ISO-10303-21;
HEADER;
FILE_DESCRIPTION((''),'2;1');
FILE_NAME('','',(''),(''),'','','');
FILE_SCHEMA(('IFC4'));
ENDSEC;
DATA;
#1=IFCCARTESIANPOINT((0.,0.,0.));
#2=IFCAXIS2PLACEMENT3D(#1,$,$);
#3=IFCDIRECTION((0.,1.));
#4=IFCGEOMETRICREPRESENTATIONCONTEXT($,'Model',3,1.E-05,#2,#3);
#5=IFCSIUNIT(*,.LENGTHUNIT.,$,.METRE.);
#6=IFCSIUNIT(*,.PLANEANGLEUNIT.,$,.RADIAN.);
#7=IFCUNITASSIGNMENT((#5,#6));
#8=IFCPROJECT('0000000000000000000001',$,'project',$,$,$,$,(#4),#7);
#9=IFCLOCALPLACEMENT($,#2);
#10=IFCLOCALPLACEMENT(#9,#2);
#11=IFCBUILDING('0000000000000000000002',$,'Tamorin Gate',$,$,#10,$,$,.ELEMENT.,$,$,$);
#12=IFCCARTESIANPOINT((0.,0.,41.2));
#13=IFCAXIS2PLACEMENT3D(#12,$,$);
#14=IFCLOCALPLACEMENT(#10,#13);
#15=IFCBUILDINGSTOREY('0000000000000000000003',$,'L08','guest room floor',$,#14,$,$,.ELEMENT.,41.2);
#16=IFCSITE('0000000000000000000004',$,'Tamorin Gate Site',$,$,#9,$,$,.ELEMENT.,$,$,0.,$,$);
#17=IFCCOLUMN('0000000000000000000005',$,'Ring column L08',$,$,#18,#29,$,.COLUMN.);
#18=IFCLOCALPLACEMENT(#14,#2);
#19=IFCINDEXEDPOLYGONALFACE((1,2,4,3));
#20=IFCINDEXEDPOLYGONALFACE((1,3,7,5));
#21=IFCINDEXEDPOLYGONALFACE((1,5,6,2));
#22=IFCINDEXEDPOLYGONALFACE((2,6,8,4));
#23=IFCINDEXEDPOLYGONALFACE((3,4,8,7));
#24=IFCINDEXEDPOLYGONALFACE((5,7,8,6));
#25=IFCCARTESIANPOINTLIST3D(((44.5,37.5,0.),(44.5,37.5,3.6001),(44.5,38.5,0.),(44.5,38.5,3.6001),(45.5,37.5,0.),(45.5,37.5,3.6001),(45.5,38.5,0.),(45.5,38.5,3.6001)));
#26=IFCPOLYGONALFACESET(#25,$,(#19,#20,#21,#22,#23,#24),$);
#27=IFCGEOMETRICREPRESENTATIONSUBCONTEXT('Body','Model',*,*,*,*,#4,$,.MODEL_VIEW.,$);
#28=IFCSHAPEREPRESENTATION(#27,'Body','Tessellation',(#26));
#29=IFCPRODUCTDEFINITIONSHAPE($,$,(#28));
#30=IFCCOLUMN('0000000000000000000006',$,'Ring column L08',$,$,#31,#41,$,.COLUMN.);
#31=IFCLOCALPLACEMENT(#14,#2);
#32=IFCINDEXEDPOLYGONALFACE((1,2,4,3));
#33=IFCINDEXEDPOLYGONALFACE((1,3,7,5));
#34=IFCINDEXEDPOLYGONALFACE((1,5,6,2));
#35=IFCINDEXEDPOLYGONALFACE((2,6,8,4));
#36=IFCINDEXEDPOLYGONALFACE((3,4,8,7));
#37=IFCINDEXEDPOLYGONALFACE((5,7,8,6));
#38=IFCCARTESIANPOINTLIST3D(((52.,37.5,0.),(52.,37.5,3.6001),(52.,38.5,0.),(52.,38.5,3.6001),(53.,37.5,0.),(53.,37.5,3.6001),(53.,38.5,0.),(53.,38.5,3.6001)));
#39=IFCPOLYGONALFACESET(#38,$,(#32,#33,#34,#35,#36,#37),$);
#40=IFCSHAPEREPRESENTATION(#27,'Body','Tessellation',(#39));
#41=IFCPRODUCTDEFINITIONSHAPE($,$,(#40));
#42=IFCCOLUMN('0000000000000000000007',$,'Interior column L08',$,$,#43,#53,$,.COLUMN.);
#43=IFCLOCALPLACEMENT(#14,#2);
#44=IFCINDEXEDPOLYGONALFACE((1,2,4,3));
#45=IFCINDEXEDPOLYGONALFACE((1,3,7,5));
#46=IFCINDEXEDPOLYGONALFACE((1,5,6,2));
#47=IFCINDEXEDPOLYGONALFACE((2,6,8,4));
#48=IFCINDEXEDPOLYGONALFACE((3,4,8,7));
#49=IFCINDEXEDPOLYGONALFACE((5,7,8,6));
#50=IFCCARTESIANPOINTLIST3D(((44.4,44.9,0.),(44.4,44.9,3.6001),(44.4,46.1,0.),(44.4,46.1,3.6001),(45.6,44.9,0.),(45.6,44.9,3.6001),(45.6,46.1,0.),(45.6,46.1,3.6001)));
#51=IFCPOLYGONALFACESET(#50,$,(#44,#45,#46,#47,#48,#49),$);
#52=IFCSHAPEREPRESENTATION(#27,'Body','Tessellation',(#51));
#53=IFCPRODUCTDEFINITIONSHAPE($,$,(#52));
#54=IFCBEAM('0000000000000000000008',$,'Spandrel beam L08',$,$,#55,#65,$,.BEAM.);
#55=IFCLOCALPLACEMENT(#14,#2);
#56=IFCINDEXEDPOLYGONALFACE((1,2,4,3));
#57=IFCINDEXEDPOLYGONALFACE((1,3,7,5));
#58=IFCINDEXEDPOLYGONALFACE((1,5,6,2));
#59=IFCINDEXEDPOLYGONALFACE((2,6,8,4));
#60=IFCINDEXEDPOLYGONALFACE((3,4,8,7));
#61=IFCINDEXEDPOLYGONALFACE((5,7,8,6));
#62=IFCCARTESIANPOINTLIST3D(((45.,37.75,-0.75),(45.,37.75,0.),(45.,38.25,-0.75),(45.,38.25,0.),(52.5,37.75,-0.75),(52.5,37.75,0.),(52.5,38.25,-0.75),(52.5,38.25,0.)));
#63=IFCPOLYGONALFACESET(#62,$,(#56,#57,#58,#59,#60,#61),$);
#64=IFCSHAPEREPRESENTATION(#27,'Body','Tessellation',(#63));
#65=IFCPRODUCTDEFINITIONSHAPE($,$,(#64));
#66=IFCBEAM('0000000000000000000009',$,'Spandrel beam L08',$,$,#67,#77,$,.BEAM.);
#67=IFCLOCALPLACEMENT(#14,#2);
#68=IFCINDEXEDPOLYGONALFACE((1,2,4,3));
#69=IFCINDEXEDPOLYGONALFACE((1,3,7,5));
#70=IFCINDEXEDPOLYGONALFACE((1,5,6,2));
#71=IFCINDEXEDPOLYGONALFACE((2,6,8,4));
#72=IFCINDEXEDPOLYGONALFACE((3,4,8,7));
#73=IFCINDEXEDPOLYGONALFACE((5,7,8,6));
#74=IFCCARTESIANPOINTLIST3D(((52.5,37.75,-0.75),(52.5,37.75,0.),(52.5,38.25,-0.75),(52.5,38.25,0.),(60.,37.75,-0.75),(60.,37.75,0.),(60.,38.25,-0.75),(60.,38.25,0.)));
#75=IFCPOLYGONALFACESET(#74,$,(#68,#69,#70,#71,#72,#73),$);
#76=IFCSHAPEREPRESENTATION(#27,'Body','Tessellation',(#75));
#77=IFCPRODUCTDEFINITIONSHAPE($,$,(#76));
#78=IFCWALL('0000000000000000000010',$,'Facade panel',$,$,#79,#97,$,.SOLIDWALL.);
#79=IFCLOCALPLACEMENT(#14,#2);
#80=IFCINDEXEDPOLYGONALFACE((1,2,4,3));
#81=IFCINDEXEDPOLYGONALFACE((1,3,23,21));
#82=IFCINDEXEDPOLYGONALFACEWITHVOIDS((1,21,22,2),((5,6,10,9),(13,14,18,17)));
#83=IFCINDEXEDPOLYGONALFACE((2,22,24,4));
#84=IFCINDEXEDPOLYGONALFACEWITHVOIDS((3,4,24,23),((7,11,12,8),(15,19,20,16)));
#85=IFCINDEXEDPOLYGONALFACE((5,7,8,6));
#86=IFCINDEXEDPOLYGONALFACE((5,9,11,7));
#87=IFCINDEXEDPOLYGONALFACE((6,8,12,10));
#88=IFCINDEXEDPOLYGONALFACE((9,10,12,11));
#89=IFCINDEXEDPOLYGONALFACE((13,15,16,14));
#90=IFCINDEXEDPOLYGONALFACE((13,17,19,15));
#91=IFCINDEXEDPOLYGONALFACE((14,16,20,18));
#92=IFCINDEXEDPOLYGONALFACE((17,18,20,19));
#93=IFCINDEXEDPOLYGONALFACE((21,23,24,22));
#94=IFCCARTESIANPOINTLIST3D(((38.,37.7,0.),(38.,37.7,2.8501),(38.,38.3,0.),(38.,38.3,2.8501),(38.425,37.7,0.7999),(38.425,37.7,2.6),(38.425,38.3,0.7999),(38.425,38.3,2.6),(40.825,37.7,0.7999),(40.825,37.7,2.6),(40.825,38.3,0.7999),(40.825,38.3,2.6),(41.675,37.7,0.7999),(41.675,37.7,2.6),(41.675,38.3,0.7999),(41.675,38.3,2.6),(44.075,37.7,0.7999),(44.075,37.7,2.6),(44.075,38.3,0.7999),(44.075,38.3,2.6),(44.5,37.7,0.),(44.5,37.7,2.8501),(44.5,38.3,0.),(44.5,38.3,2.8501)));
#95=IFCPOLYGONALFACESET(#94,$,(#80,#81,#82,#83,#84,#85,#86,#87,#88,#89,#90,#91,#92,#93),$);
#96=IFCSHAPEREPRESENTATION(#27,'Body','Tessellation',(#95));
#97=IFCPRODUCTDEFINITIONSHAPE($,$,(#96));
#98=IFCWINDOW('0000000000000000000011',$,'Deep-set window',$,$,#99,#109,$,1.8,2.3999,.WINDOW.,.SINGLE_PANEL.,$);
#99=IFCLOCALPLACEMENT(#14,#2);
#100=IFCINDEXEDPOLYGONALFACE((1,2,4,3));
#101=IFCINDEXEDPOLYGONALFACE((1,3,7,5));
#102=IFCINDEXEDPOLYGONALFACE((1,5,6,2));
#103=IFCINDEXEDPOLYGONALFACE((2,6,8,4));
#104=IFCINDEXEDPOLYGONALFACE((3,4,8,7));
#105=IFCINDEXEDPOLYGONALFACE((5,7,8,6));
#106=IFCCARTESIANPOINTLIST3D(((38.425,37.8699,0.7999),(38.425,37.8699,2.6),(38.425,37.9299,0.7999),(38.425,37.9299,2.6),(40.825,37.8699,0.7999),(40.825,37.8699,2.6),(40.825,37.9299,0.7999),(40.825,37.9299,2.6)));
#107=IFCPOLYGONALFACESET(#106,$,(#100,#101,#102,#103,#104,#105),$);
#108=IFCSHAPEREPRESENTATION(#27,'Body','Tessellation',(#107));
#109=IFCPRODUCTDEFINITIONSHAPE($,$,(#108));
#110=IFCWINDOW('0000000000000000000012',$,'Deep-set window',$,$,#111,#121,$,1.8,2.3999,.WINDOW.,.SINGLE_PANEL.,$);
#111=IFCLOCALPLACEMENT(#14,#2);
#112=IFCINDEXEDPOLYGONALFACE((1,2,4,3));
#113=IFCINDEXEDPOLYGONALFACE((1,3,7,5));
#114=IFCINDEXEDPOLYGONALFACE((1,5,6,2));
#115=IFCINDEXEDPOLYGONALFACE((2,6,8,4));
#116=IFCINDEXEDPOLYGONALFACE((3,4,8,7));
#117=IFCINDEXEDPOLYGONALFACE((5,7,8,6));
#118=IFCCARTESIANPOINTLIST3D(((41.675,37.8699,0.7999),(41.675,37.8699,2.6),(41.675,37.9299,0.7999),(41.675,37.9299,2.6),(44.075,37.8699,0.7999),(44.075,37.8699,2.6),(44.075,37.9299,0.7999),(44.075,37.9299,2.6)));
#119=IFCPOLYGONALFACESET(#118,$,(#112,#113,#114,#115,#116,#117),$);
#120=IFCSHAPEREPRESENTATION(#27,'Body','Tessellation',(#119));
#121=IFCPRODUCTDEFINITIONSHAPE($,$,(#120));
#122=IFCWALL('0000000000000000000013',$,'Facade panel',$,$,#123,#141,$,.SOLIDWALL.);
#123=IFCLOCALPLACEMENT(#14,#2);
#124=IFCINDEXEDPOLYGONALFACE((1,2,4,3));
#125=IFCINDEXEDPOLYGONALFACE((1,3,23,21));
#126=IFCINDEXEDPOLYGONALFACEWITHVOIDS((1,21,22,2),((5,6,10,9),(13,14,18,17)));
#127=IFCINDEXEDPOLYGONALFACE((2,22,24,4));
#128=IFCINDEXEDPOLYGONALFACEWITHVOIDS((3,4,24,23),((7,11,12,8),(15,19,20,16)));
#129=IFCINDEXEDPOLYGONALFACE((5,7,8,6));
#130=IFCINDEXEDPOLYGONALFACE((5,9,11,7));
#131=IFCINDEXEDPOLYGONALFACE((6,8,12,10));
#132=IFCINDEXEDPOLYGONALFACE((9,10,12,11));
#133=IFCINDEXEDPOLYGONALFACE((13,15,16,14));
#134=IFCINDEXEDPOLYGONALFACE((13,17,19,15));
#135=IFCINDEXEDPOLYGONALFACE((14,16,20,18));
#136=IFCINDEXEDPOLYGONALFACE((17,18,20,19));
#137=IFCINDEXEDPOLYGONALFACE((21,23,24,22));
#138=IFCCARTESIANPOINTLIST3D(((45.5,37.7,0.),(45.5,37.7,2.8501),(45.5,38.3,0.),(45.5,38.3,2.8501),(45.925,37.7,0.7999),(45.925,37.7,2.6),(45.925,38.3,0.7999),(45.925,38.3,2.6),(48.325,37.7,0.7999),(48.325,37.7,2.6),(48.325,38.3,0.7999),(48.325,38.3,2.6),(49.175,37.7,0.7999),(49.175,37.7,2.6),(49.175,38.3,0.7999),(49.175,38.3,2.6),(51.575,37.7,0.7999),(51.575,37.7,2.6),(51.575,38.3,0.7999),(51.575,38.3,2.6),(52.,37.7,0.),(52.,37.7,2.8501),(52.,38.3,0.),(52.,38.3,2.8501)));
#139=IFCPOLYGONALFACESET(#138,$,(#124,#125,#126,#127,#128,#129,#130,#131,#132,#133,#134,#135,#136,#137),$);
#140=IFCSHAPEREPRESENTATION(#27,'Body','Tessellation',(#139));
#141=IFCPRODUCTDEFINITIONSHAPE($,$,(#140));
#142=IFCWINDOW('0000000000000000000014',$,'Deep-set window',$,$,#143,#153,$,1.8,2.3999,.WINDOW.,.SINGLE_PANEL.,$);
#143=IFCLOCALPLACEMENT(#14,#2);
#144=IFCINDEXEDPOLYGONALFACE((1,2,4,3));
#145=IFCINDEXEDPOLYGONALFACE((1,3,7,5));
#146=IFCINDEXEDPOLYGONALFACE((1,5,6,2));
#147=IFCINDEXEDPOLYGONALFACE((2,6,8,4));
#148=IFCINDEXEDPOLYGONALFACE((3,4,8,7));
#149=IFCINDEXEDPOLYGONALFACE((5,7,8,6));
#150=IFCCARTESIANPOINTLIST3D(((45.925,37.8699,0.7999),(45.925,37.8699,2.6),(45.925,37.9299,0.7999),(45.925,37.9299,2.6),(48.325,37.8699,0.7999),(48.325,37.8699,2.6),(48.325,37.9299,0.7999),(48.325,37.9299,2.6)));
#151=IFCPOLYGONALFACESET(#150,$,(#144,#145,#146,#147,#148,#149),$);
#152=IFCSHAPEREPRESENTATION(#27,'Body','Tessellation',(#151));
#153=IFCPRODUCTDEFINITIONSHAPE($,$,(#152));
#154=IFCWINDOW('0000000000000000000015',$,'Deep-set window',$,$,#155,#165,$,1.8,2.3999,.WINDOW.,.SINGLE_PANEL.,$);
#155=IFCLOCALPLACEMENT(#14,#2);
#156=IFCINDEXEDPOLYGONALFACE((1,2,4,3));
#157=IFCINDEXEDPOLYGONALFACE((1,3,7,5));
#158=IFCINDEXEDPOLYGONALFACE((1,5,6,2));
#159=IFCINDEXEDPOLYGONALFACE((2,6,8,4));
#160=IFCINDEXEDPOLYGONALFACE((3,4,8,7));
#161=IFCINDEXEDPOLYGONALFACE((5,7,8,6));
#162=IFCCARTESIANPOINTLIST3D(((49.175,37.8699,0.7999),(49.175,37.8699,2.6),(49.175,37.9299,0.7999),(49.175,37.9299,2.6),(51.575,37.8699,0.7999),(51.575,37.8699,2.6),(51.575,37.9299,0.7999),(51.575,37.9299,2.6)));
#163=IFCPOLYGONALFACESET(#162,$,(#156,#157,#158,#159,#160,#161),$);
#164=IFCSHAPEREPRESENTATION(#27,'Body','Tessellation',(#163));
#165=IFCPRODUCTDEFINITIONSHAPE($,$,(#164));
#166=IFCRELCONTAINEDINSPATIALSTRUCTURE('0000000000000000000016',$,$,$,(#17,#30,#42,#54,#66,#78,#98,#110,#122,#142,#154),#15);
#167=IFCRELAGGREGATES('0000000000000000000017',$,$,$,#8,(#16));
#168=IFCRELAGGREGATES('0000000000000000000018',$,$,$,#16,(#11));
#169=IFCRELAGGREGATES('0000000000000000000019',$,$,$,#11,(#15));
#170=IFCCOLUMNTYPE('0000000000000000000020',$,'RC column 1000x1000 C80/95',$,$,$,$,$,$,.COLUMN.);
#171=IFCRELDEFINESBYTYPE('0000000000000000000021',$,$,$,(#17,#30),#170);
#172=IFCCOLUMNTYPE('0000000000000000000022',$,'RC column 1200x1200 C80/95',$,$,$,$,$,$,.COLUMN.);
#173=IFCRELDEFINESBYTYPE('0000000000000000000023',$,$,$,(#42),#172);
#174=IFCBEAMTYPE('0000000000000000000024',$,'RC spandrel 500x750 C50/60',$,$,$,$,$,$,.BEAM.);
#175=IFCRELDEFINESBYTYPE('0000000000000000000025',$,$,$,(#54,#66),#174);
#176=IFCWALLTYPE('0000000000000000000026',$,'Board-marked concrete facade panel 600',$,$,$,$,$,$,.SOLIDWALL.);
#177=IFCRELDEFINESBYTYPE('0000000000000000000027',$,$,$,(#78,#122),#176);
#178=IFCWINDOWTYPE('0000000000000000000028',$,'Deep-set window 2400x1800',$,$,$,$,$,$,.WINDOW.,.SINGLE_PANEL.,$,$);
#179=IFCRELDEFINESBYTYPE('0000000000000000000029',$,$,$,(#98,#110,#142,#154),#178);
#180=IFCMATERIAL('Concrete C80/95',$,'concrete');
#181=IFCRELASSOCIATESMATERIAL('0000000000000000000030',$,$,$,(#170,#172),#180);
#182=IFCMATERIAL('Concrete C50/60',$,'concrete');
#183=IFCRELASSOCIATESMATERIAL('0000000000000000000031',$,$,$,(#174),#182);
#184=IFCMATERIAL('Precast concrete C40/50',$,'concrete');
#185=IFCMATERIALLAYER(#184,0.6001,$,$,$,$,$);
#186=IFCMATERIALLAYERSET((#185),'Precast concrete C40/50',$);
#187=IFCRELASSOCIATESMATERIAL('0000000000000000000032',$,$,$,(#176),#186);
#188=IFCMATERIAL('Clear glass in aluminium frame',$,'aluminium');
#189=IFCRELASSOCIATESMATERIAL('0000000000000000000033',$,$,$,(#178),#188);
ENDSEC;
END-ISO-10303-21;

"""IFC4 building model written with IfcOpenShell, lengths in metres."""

from ifc_helpers import new_model, si_unit, direction, frame, frame_2d, origin, origin_2d, place, context, subcontext, project, spatial, rectangle, extrude, material, layer, layer_set, material_profile, profile_set, type_object, element, fill, save


model = new_model("IFC4")

# Units and contexts
model_context = context("Model", 3, precision=1e-05, world=origin(), true_north=direction((0.0, 1.0)))
body_context = subcontext(model_context, "Body", "Model", "MODEL_VIEW")
ifc_project = project(units=[si_unit("LENGTHUNIT", "METRE"), si_unit("PLANEANGLEUNIT", "RADIAN")], contexts=[model_context])

# Site, building, storey
site_placement = place(None, origin())
site = spatial("IfcSite", under=ifc_project, at=site_placement, Name="Tamorin Gate Site", CompositionType="ELEMENT", RefElevation=0.0)
building_placement = place(site_placement, origin())
building = spatial("IfcBuilding", under=site, at=building_placement, Name="Tamorin Gate", CompositionType="ELEMENT")
storey_placement = place(building_placement, frame((0.0, 0.0, 41.2)))
storey = spatial("IfcBuildingStorey", under=building, at=storey_placement, Name="L08", Description="guest room floor", CompositionType="ELEMENT", Elevation=41.2)

# Columns
ifc_material_1 = material(Name="Concrete C80/95", Category="concrete")
ifc_material_profile_1 = material_profile(ifc_material_1, rectangle(XDim=1.0, YDim=1.0, at=origin_2d()), Name="RC 1000x1000")
ifc_profile_set_1 = profile_set([ifc_material_profile_1], Name="Concrete C80/95")
column_type_1 = type_object("IfcColumnType", Name="RC column 1000x1000 C80/95", PredefinedType="COLUMN", material=ifc_profile_set_1)
for number, where, z_axis, x_axis, name in (
    (1, (45.0, 38.0, 0.0), (0.0, 0.0, 1.0), (1.0, 0.0, 0.0), "Ring column L08"),
    (2, (52.5, 38.0, 0.0), (0.0, 0.0, 1.0), (1.0, 0.0, 0.0), "Ring column L08"),
):
    element("IfcColumn", number, at=place(storey_placement, frame(where, z_axis=z_axis, x_axis=x_axis)), inside=storey, type_object=column_type_1, Name=name, PredefinedType="COLUMN", context=body_context, shape_type="SweptSolid", body=[
        extrude(rectangle(XDim=1.0, YDim=1.0, at=origin_2d()), origin(), (0.0, 0.0, 1.0), 3.6001),
    ])
ifc_material_profile_2 = material_profile(ifc_material_1, rectangle(XDim=1.2, YDim=1.2, at=origin_2d()), Name="RC 1200x1200")
ifc_profile_set_2 = profile_set([ifc_material_profile_2], Name="Concrete C80/95")
column_type_2 = type_object("IfcColumnType", Name="RC column 1200x1200 C80/95", PredefinedType="COLUMN", material=ifc_profile_set_2)
column_placement = place(storey_placement, frame((45.0, 45.5, 0.0), z_axis=(0.0, 0.0, 1.0), x_axis=(1.0, 0.0, 0.0)))
element("IfcColumn", 3, at=column_placement, inside=storey, type_object=column_type_2, Name="Interior column L08", PredefinedType="COLUMN", context=body_context, shape_type="SweptSolid", body=[
    extrude(rectangle(XDim=1.2, YDim=1.2, at=origin_2d()), origin(), (0.0, 0.0, 1.0), 3.6001),
])

# Beams
ifc_material_2 = material(Name="Concrete C50/60", Category="concrete")
ifc_material_profile_3 = material_profile(ifc_material_2, rectangle(XDim=0.5, YDim=0.75, at=origin_2d()), Name="RC 500x750")
ifc_profile_set_3 = profile_set([ifc_material_profile_3], Name="Concrete C50/60")
beam_type = type_object("IfcBeamType", Name="RC spandrel 500x750 C50/60", PredefinedType="BEAM", material=ifc_profile_set_3)
for number, where, z_axis, x_axis, name in (
    (4, (45.0, 38.0, -0.375), (1.0, 0.0, 0.0), (0.0, 1.0, 0.0), "Spandrel beam L08"),
    (5, (52.5, 38.0, -0.375), (1.0, 0.0, 0.0), (0.0, 1.0, 0.0), "Spandrel beam L08"),
):
    element("IfcBeam", number, at=place(storey_placement, frame(where, z_axis=z_axis, x_axis=x_axis)), inside=storey, type_object=beam_type, Name=name, PredefinedType="BEAM", context=body_context, shape_type="SweptSolid", body=[
        extrude(rectangle(XDim=0.5, YDim=0.75, at=origin_2d()), origin(), (0.0, 0.0, 1.0), 7.5),
    ])

# Walls, openings, windows
ifc_material_3 = material(Name="Precast concrete C40/50", Category="concrete")
ifc_layer_1 = layer(ifc_material_3, 0.6001)
ifc_layer_set_1 = layer_set([ifc_layer_1], Name="Precast concrete C40/50")
wall_type_1 = type_object("IfcWallType", Name="Board-marked concrete facade panel 600", PredefinedType="SOLIDWALL", material=ifc_layer_set_1)
wall_1_placement = place(storey_placement, frame((38.0, 38.0, 0.0), z_axis=(0.0, 0.0, 1.0), x_axis=(1.0, 0.0, 0.0)))
wall_1 = element("IfcWall", 6, at=wall_1_placement, inside=storey, type_object=wall_type_1, Name="Facade panel", PredefinedType="SOLIDWALL", context=body_context, shape_type="SweptSolid", body=[
    extrude(rectangle(XDim=6.5, YDim=0.6001, at=frame_2d((3.25, 0.0))), origin(), (0.0, 0.0, 1.0), 2.8501),
])
opening_1_placement = place(wall_1_placement, frame((0.425, 0.0, 0.8)))
opening_1 = element("IfcOpeningElement", 7, at=opening_1_placement, cuts=wall_1, PredefinedType="OPENING", context=body_context, shape_type="SweptSolid", body=[
    extrude(rectangle(XDim=2.3999, YDim=1.8, at=frame_2d((1.2, 0.8999))), frame((0.0, 0.3101, 0.0), z_axis=(0.0, -1.0, 0.0), x_axis=(1.0, 0.0, 0.0)), (0.0, 0.0, 1.0), 0.6201),
])
opening_2_placement = place(wall_1_placement, frame((3.675, 0.0, 0.8)))
opening_2 = element("IfcOpeningElement", 8, at=opening_2_placement, cuts=wall_1, PredefinedType="OPENING", context=body_context, shape_type="SweptSolid", body=[
    extrude(rectangle(XDim=2.3999, YDim=1.8, at=frame_2d((1.2, 0.8999))), frame((0.0, 0.3101, 0.0), z_axis=(0.0, -1.0, 0.0), x_axis=(1.0, 0.0, 0.0)), (0.0, 0.0, 1.0), 0.6201),
])
ifc_material_4 = material(Name="Clear glass in aluminium frame", Category="aluminium")
window_type = type_object("IfcWindowType", Name="Deep-set window 2400x1800", PartitioningType="SINGLE_PANEL", PredefinedType="WINDOW", material=ifc_material_4)
window_1_placement = place(opening_1_placement, origin())
window_1 = element("IfcWindow", 9, at=window_1_placement, inside=storey, type_object=window_type, Name="Deep-set window", OverallHeight=1.8, OverallWidth=2.3999, PartitioningType="SINGLE_PANEL", PredefinedType="WINDOW", context=body_context, shape_type="SweptSolid", body=[
    extrude(rectangle(XDim=2.3999, YDim=1.8, at=frame_2d((1.2, 0.8999))), frame((0.0, -0.0701, 0.0), z_axis=(0.0, -1.0, 0.0), x_axis=(1.0, 0.0, 0.0)), (0.0, 0.0, 1.0), 0.0601),
])
fill(opening_1, window_1)
window_2_placement = place(opening_2_placement, origin())
window_2 = element("IfcWindow", 10, at=window_2_placement, inside=storey, type_object=window_type, Name="Deep-set window", OverallHeight=1.8, OverallWidth=2.3999, PartitioningType="SINGLE_PANEL", PredefinedType="WINDOW", context=body_context, shape_type="SweptSolid", body=[
    extrude(rectangle(XDim=2.3999, YDim=1.8, at=frame_2d((1.2, 0.8999))), frame((0.0, -0.0701, 0.0), z_axis=(0.0, -1.0, 0.0), x_axis=(1.0, 0.0, 0.0)), (0.0, 0.0, 1.0), 0.0601),
])
fill(opening_2, window_2)
wall_2_placement = place(storey_placement, frame((45.5, 38.0, 0.0), z_axis=(0.0, 0.0, 1.0), x_axis=(1.0, 0.0, 0.0)))
wall_2 = element("IfcWall", 11, at=wall_2_placement, inside=storey, type_object=wall_type_1, Name="Facade panel", PredefinedType="SOLIDWALL", context=body_context, shape_type="SweptSolid", body=[
    extrude(rectangle(XDim=6.5, YDim=0.6001, at=frame_2d((3.25, 0.0))), origin(), (0.0, 0.0, 1.0), 2.8501),
])
opening_3_placement = place(wall_2_placement, frame((0.425, 0.0, 0.8)))
opening_3 = element("IfcOpeningElement", 12, at=opening_3_placement, cuts=wall_2, PredefinedType="OPENING", context=body_context, shape_type="SweptSolid", body=[
    extrude(rectangle(XDim=2.3999, YDim=1.8, at=frame_2d((1.2, 0.8999))), frame((0.0, 0.3101, 0.0), z_axis=(0.0, -1.0, 0.0), x_axis=(1.0, 0.0, 0.0)), (0.0, 0.0, 1.0), 0.6201),
])
opening_4_placement = place(wall_2_placement, frame((3.675, 0.0, 0.8)))
opening_4 = element("IfcOpeningElement", 13, at=opening_4_placement, cuts=wall_2, PredefinedType="OPENING", context=body_context, shape_type="SweptSolid", body=[
    extrude(rectangle(XDim=2.3999, YDim=1.8, at=frame_2d((1.2, 0.8999))), frame((0.0, 0.3101, 0.0), z_axis=(0.0, -1.0, 0.0), x_axis=(1.0, 0.0, 0.0)), (0.0, 0.0, 1.0), 0.6201),
])
window_3_placement = place(opening_3_placement, origin())
window_3 = element("IfcWindow", 14, at=window_3_placement, inside=storey, type_object=window_type, Name="Deep-set window", OverallHeight=1.8, OverallWidth=2.3999, PartitioningType="SINGLE_PANEL", PredefinedType="WINDOW", context=body_context, shape_type="SweptSolid", body=[
    extrude(rectangle(XDim=2.3999, YDim=1.8, at=frame_2d((1.2, 0.8999))), frame((0.0, -0.0701, 0.0), z_axis=(0.0, -1.0, 0.0), x_axis=(1.0, 0.0, 0.0)), (0.0, 0.0, 1.0), 0.0601),
])
fill(opening_3, window_3)
window_4_placement = place(opening_4_placement, origin())
window_4 = element("IfcWindow", 15, at=window_4_placement, inside=storey, type_object=window_type, Name="Deep-set window", OverallHeight=1.8, OverallWidth=2.3999, PartitioningType="SINGLE_PANEL", PredefinedType="WINDOW", context=body_context, shape_type="SweptSolid", body=[
    extrude(rectangle(XDim=2.3999, YDim=1.8, at=frame_2d((1.2, 0.8999))), frame((0.0, -0.0701, 0.0), z_axis=(0.0, -1.0, 0.0), x_axis=(1.0, 0.0, 0.0)), (0.0, 0.0, 1.0), 0.0601),
])
fill(opening_4, window_4)

save(model, "model.ifc")
